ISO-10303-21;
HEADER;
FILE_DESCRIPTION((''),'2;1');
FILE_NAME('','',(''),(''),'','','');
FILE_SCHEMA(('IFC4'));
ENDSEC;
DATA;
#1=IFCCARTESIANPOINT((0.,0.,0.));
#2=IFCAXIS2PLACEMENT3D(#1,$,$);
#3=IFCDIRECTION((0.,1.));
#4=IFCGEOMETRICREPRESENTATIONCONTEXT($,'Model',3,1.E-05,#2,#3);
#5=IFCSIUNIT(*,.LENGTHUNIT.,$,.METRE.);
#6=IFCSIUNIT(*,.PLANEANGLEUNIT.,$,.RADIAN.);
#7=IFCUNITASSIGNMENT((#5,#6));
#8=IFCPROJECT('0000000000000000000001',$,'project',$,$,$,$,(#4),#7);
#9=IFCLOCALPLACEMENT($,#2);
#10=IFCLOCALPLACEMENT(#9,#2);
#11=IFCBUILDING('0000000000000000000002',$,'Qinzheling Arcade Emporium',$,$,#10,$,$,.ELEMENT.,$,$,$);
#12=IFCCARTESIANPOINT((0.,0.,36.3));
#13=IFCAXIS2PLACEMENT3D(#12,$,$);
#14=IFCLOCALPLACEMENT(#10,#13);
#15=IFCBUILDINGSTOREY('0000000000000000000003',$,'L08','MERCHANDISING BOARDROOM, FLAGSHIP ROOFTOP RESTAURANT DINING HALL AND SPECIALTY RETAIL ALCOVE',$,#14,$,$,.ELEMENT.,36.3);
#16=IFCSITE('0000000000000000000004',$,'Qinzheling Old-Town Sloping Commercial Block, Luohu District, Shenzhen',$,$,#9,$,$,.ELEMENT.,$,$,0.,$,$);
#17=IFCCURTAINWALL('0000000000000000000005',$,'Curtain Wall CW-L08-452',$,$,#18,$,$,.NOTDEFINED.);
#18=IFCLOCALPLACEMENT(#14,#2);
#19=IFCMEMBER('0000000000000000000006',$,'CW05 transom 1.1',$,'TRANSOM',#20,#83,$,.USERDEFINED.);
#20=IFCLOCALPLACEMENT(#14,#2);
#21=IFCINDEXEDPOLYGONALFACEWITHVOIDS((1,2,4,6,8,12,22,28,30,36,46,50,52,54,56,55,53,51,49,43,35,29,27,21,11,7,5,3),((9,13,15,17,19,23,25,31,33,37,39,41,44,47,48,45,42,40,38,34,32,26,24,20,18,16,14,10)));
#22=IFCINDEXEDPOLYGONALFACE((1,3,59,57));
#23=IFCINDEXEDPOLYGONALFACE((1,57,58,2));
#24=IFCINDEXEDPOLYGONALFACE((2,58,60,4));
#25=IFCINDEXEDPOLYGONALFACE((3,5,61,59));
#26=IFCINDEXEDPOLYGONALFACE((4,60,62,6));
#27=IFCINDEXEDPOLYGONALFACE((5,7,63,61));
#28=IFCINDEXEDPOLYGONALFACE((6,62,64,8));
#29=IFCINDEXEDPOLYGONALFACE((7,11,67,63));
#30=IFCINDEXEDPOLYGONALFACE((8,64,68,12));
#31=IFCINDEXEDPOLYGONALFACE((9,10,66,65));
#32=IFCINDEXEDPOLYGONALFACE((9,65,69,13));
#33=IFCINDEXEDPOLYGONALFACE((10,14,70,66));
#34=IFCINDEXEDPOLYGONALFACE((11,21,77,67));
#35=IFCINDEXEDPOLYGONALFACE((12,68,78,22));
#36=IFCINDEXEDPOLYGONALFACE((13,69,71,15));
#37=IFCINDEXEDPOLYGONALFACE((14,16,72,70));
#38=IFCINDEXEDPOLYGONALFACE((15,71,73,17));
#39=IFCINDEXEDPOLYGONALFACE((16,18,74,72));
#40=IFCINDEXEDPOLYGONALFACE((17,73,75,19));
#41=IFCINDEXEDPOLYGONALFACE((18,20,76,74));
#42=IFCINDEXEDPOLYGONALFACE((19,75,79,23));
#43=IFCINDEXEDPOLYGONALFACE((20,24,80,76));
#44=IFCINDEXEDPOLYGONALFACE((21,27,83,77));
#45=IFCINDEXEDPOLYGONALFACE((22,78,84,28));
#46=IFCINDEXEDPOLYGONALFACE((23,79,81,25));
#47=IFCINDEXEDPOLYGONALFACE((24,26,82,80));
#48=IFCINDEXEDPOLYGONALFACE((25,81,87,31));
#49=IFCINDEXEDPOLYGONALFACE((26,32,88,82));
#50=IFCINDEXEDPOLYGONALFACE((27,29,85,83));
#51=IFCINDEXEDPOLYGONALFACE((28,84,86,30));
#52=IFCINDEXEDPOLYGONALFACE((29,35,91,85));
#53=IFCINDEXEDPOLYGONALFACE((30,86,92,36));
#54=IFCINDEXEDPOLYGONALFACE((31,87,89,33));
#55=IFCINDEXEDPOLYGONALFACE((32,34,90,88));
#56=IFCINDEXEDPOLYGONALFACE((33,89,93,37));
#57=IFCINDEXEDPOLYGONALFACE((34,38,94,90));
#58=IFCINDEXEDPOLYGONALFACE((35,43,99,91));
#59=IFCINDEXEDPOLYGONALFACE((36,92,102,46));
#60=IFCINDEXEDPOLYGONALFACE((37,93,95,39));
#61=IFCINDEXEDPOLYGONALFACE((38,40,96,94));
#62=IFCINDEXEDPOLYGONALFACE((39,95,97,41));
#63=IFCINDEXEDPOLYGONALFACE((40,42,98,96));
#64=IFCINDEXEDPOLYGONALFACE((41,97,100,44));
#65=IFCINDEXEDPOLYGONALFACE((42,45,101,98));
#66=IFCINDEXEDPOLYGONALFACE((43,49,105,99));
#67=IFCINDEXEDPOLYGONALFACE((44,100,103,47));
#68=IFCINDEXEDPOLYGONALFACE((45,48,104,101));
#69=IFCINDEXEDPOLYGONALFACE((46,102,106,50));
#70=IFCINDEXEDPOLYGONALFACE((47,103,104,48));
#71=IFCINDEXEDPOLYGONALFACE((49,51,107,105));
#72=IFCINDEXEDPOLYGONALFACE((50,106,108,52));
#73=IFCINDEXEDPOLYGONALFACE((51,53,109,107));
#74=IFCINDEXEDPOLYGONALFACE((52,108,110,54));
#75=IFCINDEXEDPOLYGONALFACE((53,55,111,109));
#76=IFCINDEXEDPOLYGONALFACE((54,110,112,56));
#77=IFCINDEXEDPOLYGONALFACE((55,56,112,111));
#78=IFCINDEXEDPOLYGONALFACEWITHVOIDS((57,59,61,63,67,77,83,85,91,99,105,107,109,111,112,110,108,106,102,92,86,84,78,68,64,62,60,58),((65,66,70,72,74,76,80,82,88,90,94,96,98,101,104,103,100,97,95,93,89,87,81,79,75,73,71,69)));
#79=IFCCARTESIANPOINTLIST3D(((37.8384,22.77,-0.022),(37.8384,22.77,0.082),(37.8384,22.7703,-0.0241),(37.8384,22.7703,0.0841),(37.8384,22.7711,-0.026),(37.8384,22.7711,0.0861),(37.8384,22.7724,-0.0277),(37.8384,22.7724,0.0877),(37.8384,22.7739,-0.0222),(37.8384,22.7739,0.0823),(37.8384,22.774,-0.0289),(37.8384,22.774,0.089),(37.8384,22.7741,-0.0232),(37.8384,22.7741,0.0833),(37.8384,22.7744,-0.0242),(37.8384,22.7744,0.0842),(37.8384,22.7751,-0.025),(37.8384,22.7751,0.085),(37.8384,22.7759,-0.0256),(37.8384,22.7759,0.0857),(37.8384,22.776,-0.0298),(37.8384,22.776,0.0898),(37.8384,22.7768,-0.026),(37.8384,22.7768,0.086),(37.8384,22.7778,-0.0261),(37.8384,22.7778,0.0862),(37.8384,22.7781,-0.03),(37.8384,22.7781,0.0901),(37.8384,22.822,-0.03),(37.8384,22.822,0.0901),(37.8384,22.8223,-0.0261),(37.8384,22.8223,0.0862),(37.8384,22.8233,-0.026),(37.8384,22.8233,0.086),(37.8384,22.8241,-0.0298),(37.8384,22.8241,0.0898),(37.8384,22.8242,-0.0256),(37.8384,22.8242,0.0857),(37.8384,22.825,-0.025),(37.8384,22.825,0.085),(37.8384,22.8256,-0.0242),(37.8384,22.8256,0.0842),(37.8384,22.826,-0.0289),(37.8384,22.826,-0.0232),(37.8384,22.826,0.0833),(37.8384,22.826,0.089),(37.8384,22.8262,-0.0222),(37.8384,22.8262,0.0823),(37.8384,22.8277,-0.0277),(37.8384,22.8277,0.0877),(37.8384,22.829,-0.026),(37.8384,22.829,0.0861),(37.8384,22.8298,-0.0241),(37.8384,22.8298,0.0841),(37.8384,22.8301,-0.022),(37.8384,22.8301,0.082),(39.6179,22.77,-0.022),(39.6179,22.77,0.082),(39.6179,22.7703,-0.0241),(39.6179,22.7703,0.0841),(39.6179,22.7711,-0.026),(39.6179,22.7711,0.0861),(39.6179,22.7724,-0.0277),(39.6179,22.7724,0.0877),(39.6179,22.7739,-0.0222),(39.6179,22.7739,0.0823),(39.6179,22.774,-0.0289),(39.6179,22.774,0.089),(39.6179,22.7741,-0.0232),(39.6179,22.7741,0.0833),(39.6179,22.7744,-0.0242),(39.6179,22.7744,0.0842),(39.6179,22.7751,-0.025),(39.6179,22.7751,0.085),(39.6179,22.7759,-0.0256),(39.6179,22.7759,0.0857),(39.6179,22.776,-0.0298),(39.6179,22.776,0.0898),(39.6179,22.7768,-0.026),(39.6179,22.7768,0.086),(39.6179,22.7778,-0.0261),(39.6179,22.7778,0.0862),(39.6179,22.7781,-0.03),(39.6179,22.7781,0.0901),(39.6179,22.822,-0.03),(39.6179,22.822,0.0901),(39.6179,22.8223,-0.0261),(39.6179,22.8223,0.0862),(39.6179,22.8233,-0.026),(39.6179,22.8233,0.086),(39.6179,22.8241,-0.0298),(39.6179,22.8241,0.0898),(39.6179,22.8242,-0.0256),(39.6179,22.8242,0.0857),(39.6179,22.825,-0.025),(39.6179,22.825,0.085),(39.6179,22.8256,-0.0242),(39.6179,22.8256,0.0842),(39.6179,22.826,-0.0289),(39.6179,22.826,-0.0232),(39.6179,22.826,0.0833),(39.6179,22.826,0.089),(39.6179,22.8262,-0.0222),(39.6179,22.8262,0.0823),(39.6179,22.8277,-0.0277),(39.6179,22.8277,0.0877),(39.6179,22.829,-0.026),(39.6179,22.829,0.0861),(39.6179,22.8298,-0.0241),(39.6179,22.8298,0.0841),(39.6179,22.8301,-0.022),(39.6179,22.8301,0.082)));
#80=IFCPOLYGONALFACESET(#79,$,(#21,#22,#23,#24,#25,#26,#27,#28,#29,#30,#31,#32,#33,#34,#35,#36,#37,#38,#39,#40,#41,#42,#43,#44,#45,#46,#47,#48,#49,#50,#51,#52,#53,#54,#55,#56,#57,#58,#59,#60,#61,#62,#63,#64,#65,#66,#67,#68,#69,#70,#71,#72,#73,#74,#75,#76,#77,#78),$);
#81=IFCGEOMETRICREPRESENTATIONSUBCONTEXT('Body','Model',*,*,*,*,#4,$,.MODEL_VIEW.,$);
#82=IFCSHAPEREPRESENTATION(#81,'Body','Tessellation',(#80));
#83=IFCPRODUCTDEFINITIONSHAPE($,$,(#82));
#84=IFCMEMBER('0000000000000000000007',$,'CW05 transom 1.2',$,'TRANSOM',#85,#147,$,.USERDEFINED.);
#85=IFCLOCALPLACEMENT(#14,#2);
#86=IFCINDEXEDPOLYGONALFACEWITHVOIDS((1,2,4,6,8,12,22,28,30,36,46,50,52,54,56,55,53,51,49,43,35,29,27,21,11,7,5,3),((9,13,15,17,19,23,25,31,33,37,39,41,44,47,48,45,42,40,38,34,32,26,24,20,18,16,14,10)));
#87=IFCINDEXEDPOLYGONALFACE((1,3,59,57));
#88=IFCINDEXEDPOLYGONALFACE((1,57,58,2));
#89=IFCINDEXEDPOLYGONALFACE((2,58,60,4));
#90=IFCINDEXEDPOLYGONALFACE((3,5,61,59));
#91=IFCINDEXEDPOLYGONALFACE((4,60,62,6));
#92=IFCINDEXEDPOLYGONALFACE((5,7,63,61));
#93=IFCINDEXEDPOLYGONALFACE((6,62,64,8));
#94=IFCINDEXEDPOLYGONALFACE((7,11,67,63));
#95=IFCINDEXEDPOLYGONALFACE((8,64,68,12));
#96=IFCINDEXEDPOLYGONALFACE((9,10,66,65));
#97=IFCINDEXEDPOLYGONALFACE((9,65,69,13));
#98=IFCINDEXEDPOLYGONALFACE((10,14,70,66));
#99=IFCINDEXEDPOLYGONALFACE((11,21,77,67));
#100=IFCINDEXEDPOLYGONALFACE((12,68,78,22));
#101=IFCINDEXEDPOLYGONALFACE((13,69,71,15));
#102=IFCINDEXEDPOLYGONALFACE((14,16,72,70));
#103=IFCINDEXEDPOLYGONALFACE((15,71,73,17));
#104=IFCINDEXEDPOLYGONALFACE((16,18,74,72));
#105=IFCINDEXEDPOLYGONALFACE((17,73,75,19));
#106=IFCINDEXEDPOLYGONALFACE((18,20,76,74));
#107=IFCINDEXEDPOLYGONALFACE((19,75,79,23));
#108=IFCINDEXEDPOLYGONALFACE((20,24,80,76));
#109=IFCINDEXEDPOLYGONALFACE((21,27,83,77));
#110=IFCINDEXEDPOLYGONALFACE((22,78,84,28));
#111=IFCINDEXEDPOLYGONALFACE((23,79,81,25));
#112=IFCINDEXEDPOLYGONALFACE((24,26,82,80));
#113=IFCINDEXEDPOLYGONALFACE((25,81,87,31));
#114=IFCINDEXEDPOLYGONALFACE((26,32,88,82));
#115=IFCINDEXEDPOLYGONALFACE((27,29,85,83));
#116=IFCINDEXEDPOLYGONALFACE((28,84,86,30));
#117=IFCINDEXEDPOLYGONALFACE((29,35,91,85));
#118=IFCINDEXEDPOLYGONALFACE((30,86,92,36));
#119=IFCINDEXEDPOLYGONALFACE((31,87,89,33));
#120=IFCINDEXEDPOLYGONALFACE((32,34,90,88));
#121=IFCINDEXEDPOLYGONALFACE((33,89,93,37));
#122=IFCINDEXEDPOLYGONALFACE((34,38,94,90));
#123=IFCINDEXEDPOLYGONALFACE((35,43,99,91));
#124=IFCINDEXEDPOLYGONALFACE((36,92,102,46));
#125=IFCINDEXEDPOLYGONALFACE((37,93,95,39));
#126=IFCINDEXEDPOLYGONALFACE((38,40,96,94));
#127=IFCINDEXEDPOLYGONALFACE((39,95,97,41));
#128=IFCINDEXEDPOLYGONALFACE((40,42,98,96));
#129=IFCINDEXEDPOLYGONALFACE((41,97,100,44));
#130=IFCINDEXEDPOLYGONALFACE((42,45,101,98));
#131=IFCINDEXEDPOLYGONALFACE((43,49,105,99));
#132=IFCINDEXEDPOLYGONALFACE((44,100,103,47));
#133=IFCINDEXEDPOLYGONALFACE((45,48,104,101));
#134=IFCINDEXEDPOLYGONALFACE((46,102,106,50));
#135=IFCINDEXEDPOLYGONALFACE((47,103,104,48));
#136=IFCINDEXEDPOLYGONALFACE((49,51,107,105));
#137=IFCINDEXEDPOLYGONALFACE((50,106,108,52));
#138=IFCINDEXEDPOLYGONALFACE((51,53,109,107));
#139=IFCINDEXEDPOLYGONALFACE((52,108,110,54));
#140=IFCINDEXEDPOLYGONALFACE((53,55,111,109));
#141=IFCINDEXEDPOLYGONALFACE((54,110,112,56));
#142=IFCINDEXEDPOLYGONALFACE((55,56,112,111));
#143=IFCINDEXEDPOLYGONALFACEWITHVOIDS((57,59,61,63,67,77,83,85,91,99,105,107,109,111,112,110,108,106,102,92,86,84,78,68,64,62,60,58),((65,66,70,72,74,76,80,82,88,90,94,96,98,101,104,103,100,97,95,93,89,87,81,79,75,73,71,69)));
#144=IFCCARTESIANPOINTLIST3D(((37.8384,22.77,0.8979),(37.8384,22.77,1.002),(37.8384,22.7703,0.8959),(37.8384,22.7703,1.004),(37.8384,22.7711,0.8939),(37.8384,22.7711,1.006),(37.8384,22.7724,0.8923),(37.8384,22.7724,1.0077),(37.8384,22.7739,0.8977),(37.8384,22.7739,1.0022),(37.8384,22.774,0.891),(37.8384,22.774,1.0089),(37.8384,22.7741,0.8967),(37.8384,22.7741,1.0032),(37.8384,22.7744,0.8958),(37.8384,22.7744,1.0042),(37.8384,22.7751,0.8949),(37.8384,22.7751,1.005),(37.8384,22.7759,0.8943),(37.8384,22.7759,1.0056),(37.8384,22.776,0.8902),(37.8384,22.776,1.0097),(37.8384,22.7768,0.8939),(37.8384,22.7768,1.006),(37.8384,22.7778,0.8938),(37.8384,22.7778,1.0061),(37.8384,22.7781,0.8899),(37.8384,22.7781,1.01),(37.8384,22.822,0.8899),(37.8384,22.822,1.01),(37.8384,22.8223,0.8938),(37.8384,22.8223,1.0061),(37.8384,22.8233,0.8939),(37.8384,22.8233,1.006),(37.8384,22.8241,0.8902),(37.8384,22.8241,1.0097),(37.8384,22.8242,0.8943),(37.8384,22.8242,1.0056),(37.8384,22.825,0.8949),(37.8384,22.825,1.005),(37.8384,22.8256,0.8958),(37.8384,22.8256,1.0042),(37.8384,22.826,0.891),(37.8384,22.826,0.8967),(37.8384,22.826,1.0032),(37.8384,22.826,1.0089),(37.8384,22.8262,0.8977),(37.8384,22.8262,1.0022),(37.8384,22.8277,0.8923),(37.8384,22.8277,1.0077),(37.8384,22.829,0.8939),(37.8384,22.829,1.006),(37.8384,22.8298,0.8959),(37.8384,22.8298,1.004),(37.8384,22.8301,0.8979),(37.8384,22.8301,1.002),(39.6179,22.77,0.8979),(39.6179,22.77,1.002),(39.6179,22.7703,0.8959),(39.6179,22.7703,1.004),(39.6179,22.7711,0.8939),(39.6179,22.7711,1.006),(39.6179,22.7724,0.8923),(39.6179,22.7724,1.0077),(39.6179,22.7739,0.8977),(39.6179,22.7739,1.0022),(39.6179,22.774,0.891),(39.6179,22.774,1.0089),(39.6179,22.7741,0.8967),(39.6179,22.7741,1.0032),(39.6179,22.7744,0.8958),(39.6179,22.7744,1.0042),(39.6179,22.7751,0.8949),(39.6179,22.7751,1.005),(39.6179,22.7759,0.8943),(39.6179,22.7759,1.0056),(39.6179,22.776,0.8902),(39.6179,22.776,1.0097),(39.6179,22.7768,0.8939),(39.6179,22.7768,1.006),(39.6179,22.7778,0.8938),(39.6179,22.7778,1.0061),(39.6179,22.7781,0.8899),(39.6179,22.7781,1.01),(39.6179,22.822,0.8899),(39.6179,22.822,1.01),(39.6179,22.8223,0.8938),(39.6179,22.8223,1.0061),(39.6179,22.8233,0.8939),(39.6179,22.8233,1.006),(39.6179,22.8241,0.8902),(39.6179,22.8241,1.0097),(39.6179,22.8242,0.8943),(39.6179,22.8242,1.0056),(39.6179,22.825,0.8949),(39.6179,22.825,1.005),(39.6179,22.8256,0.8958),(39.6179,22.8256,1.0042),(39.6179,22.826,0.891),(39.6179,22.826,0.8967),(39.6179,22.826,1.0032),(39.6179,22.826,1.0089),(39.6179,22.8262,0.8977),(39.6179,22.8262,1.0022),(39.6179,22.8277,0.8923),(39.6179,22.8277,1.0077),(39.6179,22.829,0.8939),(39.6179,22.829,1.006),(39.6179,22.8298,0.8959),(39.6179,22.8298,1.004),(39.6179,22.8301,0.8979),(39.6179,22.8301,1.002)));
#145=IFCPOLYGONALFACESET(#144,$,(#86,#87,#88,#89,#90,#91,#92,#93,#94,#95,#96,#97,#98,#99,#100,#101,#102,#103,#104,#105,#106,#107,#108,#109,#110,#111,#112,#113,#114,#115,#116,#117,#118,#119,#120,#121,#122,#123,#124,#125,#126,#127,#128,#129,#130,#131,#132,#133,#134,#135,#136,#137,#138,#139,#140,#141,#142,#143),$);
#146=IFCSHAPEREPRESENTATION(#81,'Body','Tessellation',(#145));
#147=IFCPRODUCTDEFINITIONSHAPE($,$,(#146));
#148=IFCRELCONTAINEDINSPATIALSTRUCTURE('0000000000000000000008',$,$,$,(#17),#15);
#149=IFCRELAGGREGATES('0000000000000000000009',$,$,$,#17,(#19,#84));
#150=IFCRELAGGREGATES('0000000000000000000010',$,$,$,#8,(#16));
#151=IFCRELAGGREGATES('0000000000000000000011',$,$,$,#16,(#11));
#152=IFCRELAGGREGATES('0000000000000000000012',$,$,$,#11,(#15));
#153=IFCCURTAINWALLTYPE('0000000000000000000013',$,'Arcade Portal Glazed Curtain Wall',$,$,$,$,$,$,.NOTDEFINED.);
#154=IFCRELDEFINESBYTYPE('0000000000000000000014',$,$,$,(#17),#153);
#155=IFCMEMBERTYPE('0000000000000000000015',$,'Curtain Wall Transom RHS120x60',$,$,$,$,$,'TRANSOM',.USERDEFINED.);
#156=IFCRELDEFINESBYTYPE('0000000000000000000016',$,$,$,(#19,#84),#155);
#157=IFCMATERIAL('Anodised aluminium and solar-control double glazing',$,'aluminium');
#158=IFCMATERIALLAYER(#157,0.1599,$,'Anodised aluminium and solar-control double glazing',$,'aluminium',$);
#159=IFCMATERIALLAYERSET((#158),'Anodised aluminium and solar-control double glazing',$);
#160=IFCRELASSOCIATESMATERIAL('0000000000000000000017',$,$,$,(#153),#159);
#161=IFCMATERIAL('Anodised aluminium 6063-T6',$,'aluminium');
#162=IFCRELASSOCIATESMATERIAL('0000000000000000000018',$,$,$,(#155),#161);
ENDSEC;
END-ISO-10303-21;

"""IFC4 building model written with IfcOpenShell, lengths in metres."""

from ifc_helpers import new_model, si_unit, direction, frame, origin, origin_2d, place, context, subcontext, project, spatial, hollow_rectangle, extrude, material, layer, layer_set, material_profile, profile_set, type_object, element, aggregate, save


model = new_model("IFC4")

# Units and contexts
model_context = context("Model", 3, precision=1e-05, world=origin(), true_north=direction((0.0, 1.0)))
body_context = subcontext(model_context, "Body", "Model", "MODEL_VIEW")
ifc_project = project(units=[si_unit("LENGTHUNIT", "METRE"), si_unit("PLANEANGLEUNIT", "RADIAN")], contexts=[model_context])

# Site, building, storey
site_placement = place(None, origin())
site = spatial("IfcSite", under=ifc_project, at=site_placement, Name="Qinzheling Old-Town Sloping Commercial Block, Luohu District, Shenzhen", CompositionType="ELEMENT", RefElevation=0.0)
building_placement = place(site_placement, origin())
building = spatial("IfcBuilding", under=site, at=building_placement, Name="Qinzheling Arcade Emporium", CompositionType="ELEMENT")
storey_placement = place(building_placement, frame((0.0, 0.0, 36.3)))
storey = spatial("IfcBuildingStorey", under=building, at=storey_placement, Name="L08", Description="MERCHANDISING BOARDROOM, FLAGSHIP ROOFTOP RESTAURANT DINING HALL AND SPECIALTY RETAIL ALCOVE", CompositionType="ELEMENT", Elevation=36.3)

# Shared definitions
ifc_material_1 = material(Name="Anodised aluminium and solar-control double glazing", Category="aluminium")
ifc_layer_1 = layer(ifc_material_1, 0.1599, Name="Anodised aluminium and solar-control double glazing", Category="aluminium")
ifc_layer_set_1 = layer_set([ifc_layer_1], Name="Anodised aluminium and solar-control double glazing")
curtain_wall_type = type_object("IfcCurtainWallType", Name="Arcade Portal Glazed Curtain Wall", PredefinedType="NOTDEFINED", material=ifc_layer_set_1)
ifc_material_2 = material(Name="Anodised aluminium 6063-T6", Category="aluminium")

# Curtain wall, members
curtain_wall_1_placement = place(storey_placement, origin())
curtain_wall_1 = element("IfcCurtainWall", 1, at=curtain_wall_1_placement, inside=storey, type_object=curtain_wall_type, Name="Curtain Wall CW-L08-452", PredefinedType="NOTDEFINED")
ifc_material_profile_1 = material_profile(ifc_material_2, hollow_rectangle(XDim=0.0601, YDim=0.1201, WallThickness=0.0039, InnerFilletRadius=0.0039, OuterFilletRadius=0.0081, at=origin_2d()), Name="RHS 120x60x4", Category="aluminium")
ifc_profile_set_1 = profile_set([ifc_material_profile_1], Name="Anodised aluminium 6063-T6")
member_type_1 = type_object("IfcMemberType", Name="Curtain Wall Transom RHS120x60", ElementType="TRANSOM", PredefinedType="USERDEFINED", material=ifc_profile_set_1)
member_1_placement = place(storey_placement, frame((39.6179, 22.8, 0.03), z_axis=(-1.0, 0.0, 0.0), x_axis=(0.0, -1.0, 0.0)))
member_1 = element("IfcMember", 2, at=member_1_placement, type_object=member_type_1, Name="CW05 transom 1.1", ObjectType="TRANSOM", PredefinedType="USERDEFINED", context=body_context, shape_type="SweptSolid", body=[
    extrude(hollow_rectangle(XDim=0.0601, YDim=0.1201, WallThickness=0.0039, InnerFilletRadius=0.0039, OuterFilletRadius=0.0081, at=origin_2d()), origin(), (0.0, 0.0, 1.0), 1.7795),
])
member_2_placement = place(storey_placement, frame((39.6179, 22.8, 0.95), z_axis=(-1.0, 0.0, 0.0), x_axis=(0.0, -1.0, 0.0)))
member_2 = element("IfcMember", 3, at=member_2_placement, type_object=member_type_1, Name="CW05 transom 1.2", ObjectType="TRANSOM", PredefinedType="USERDEFINED", context=body_context, shape_type="SweptSolid", body=[
    extrude(hollow_rectangle(XDim=0.0601, YDim=0.1201, WallThickness=0.0039, InnerFilletRadius=0.0039, OuterFilletRadius=0.0081, at=origin_2d()), origin(), (0.0, 0.0, 1.0), 1.7795),
])

aggregate(curtain_wall_1, [member_1, member_2])

save(model, "model.ifc")
